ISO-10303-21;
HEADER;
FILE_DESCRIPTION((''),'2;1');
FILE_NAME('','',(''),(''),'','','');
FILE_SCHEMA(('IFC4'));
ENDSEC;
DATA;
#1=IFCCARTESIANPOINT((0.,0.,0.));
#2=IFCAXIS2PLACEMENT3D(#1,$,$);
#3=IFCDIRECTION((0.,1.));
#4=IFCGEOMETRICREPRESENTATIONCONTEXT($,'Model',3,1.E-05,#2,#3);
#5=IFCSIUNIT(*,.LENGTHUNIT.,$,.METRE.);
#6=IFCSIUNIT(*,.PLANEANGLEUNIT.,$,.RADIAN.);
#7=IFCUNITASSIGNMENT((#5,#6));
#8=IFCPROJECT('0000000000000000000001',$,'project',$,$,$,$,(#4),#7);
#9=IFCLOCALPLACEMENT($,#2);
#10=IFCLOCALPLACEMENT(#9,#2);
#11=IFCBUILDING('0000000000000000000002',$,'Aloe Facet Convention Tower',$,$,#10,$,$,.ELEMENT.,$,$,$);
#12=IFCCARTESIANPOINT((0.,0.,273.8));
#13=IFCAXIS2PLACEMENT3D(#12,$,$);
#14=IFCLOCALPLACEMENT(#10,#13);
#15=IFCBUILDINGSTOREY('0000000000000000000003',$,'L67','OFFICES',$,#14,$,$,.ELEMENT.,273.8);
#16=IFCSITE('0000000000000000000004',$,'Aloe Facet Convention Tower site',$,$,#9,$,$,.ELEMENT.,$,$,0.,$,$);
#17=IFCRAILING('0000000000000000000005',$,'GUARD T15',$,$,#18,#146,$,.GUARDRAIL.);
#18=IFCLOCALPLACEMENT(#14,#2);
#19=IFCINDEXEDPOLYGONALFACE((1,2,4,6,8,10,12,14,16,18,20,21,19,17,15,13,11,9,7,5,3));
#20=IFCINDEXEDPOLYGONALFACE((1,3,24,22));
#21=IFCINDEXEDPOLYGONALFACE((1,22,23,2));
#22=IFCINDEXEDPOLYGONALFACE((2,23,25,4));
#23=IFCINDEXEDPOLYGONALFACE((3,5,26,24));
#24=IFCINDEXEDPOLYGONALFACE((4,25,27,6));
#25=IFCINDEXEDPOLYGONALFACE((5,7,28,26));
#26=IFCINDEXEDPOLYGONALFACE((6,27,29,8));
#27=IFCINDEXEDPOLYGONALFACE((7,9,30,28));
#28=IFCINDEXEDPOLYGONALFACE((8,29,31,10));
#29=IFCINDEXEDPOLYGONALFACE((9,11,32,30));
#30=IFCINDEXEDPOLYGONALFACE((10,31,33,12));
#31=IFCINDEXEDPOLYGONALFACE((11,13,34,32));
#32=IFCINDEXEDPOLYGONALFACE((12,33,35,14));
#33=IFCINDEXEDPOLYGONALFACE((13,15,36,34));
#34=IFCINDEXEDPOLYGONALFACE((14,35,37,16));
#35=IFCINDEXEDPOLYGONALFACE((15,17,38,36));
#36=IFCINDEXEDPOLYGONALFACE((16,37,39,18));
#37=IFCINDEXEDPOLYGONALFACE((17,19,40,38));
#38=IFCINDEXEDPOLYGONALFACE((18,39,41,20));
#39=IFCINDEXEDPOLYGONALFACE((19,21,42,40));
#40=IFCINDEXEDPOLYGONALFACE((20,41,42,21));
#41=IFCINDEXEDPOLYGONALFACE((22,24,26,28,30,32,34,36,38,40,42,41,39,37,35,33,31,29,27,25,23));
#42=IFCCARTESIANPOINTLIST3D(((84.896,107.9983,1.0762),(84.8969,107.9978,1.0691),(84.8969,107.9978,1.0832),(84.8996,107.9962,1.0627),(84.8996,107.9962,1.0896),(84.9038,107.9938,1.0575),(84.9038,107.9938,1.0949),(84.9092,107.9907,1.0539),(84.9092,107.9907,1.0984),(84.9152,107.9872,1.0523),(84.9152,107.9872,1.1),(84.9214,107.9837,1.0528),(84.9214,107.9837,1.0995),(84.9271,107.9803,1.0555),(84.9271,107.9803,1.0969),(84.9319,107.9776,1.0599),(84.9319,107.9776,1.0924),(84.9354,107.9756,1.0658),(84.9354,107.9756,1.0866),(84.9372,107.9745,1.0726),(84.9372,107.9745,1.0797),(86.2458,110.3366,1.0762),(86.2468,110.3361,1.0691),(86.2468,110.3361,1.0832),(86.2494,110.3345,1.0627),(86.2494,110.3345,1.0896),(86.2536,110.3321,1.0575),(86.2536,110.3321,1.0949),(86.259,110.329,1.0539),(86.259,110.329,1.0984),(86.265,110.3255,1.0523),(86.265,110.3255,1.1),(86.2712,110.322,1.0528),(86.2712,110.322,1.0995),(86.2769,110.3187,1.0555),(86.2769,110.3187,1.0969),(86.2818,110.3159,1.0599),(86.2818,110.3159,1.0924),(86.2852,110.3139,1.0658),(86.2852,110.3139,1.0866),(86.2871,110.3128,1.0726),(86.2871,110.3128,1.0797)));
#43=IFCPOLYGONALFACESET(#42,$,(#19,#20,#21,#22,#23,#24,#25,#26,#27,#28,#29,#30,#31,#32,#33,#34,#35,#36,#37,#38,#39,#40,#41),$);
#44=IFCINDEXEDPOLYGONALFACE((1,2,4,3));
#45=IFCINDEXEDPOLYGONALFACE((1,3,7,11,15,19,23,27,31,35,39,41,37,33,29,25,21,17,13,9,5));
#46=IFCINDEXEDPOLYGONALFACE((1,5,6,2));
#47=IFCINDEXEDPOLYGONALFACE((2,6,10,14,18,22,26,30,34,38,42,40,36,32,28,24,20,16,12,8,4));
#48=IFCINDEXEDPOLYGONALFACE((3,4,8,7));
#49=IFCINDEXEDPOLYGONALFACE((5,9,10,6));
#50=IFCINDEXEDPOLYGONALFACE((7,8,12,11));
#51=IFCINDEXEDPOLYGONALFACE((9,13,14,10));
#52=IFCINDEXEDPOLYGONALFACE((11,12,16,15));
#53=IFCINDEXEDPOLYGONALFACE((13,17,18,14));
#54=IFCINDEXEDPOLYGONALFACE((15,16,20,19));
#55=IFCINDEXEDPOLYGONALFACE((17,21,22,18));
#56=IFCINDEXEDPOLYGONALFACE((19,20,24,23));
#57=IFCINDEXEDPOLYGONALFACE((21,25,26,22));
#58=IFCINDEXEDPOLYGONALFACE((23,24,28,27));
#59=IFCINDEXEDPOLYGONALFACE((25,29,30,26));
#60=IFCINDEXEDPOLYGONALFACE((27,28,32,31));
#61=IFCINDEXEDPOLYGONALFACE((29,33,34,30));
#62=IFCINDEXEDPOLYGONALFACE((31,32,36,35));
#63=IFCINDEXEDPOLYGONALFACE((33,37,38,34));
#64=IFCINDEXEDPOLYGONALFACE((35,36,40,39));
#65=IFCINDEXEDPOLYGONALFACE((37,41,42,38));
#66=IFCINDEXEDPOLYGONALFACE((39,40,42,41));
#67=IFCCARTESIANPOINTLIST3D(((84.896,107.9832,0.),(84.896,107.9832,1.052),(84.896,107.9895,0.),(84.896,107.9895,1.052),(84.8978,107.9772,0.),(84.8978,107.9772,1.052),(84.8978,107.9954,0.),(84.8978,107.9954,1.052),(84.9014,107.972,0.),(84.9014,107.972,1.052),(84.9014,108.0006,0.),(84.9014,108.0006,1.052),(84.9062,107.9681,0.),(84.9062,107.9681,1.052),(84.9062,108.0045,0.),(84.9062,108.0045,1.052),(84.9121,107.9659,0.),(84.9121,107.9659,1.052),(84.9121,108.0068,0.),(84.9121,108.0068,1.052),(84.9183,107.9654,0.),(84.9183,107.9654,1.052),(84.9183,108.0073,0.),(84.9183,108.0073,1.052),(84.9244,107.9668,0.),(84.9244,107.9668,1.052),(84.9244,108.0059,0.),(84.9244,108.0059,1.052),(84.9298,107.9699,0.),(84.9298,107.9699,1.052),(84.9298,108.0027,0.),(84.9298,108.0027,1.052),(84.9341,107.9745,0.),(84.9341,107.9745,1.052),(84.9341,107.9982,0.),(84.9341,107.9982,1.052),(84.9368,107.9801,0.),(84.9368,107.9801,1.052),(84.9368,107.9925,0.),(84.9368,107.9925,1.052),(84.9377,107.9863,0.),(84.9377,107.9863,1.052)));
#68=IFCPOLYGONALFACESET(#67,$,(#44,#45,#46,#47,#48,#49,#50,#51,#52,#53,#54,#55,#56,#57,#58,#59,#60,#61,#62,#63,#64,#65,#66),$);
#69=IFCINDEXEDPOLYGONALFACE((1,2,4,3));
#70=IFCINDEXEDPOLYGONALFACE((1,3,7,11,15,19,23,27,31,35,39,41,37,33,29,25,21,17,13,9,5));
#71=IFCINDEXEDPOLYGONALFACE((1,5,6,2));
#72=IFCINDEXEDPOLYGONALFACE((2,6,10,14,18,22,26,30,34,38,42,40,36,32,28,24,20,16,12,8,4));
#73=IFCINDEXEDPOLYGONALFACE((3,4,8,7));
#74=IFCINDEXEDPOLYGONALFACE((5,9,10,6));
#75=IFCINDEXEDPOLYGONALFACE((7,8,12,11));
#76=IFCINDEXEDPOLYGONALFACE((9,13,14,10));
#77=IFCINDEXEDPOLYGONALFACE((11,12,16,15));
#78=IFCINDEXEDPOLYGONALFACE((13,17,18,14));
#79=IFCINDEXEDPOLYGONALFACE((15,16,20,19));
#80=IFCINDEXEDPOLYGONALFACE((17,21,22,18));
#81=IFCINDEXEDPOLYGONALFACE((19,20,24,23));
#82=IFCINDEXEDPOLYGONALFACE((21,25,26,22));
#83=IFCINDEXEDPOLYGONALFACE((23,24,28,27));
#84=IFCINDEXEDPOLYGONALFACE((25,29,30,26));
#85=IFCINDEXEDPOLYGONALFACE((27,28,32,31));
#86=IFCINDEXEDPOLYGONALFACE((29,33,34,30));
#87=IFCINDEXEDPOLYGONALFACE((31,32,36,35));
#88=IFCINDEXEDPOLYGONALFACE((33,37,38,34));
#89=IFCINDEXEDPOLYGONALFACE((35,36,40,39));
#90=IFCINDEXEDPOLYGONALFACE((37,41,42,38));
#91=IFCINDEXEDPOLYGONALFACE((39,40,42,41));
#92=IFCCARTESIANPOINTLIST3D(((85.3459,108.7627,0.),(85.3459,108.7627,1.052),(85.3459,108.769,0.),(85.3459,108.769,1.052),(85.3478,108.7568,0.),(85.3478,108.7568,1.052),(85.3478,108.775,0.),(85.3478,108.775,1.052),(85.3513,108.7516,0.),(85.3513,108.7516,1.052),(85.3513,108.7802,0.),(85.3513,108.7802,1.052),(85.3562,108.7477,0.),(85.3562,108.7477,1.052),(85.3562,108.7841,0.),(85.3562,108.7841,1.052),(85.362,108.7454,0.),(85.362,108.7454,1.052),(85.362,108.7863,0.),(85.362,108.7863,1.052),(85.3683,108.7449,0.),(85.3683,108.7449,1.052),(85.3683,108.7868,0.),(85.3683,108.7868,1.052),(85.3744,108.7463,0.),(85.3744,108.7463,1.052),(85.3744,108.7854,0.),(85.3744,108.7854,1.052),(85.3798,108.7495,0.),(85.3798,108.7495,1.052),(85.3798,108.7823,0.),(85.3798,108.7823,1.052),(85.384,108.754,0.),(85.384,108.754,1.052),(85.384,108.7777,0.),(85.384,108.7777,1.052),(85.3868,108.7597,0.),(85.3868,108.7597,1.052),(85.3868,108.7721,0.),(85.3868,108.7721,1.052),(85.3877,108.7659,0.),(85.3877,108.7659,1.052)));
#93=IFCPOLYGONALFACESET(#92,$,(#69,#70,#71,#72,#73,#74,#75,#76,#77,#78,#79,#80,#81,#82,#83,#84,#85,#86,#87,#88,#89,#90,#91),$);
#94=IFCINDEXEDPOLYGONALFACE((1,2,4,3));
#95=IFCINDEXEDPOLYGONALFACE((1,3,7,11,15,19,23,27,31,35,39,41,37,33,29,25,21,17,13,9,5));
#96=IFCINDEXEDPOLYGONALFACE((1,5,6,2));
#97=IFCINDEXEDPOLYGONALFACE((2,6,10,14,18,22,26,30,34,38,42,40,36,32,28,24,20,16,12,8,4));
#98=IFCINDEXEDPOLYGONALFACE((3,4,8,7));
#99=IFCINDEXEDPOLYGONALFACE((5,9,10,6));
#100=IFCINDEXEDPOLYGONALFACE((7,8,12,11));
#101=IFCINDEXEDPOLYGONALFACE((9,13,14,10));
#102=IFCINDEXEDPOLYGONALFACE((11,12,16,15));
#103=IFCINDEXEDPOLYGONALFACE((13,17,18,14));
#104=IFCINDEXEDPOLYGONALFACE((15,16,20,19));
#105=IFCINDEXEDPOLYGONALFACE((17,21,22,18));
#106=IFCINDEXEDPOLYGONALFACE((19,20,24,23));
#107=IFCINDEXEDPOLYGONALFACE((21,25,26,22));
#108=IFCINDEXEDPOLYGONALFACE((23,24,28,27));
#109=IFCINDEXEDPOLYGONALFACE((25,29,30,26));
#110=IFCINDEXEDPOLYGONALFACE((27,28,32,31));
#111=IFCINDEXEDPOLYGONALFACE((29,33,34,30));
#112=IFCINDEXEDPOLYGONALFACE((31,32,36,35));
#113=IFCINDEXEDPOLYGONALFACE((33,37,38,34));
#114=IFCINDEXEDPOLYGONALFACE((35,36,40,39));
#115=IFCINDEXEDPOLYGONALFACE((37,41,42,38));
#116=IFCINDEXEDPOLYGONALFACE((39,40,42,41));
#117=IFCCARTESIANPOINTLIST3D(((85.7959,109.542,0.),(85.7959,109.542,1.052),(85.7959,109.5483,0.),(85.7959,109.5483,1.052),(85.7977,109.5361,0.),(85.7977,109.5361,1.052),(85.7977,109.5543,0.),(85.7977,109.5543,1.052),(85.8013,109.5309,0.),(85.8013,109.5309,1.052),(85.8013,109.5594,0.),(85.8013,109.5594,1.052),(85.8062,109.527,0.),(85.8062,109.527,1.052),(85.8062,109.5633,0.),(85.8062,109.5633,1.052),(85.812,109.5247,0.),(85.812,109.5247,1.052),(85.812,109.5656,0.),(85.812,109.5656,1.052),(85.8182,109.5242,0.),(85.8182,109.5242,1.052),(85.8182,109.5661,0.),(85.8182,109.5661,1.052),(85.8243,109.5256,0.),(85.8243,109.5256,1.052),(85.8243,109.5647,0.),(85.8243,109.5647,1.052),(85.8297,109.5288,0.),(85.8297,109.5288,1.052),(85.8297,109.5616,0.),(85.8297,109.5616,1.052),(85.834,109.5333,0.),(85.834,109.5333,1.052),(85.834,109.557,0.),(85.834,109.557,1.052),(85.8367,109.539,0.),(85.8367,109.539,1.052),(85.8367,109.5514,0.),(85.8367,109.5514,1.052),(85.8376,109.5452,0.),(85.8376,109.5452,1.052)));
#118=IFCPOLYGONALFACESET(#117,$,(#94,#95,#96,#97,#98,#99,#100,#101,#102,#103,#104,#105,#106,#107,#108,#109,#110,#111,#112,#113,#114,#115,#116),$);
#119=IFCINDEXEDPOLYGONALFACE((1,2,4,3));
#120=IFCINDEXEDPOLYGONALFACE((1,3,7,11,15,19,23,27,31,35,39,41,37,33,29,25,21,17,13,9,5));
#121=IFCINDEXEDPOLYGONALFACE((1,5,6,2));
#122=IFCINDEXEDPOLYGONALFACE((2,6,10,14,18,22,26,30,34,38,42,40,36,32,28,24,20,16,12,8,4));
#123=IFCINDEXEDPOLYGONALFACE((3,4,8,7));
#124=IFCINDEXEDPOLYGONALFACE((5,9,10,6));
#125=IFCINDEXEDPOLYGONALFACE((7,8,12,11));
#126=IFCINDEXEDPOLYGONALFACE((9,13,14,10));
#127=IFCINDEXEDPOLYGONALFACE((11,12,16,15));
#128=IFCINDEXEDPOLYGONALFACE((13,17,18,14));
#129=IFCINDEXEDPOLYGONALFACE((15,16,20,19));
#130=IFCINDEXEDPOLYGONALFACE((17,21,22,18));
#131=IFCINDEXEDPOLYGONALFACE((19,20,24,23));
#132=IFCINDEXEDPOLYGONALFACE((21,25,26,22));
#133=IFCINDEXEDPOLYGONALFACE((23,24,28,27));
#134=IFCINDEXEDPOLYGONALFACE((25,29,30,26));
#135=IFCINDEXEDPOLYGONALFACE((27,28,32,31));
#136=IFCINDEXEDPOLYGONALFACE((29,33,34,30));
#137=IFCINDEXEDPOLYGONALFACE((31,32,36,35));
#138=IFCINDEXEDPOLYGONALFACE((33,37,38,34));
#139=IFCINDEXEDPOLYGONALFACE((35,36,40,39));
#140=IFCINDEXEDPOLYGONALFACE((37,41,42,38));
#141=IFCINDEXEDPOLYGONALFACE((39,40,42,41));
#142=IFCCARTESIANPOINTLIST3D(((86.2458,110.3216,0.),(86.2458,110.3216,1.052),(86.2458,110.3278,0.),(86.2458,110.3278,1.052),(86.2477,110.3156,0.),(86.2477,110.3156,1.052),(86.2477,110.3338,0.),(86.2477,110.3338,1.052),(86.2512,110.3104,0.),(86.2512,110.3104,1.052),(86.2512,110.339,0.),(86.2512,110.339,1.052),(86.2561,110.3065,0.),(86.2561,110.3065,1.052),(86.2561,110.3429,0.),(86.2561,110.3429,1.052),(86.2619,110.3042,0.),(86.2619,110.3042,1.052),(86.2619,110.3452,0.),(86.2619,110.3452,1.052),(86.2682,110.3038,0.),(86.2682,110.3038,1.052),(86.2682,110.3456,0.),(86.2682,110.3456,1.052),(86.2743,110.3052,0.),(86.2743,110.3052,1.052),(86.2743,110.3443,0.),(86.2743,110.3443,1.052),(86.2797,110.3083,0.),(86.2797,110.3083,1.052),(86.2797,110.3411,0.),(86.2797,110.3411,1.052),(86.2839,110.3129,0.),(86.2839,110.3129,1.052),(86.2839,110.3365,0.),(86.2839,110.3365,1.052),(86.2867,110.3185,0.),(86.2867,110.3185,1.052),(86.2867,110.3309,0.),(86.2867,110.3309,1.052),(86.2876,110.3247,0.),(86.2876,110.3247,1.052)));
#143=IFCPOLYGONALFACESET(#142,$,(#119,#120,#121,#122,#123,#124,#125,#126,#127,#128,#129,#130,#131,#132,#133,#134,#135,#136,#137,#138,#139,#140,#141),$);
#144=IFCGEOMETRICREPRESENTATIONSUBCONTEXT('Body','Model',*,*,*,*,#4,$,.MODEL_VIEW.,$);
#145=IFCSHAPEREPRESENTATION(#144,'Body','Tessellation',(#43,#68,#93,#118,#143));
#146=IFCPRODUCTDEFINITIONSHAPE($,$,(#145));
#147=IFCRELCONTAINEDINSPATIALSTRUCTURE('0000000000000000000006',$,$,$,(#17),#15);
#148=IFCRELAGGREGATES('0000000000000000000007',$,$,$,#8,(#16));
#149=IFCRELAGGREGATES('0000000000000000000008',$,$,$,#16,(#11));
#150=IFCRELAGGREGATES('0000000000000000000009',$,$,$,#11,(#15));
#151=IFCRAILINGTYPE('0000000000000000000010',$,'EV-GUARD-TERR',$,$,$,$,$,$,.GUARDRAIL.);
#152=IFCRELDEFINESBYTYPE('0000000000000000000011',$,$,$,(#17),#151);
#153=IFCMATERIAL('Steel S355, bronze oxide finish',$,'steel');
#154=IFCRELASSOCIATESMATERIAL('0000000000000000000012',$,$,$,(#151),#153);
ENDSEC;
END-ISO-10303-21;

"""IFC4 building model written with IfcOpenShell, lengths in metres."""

from ifc_helpers import new_model, si_unit, direction, frame, origin, origin_2d, place, context, subcontext, project, spatial, circle, extrude, material, type_object, element, save


model = new_model("IFC4")

# Units and contexts
model_context = context("Model", 3, precision=1e-05, world=origin(), true_north=direction((0.0, 1.0)))
body_context = subcontext(model_context, "Body", "Model", "MODEL_VIEW")
ifc_project = project(units=[si_unit("LENGTHUNIT", "METRE"), si_unit("PLANEANGLEUNIT", "RADIAN")], contexts=[model_context])

# Site, building, storey
site_placement = place(None, origin())
site = spatial("IfcSite", under=ifc_project, at=site_placement, Name="Aloe Facet Convention Tower site", CompositionType="ELEMENT", RefElevation=0.0)
building_placement = place(site_placement, origin())
building = spatial("IfcBuilding", under=site, at=building_placement, Name="Aloe Facet Convention Tower", CompositionType="ELEMENT")
storey_placement = place(building_placement, frame((0.0, 0.0, 273.8)))
storey = spatial("IfcBuildingStorey", under=building, at=storey_placement, Name="L67", Description="OFFICES", CompositionType="ELEMENT", Elevation=273.8)

# Railing
ifc_material_1 = material(Name="Steel S355, bronze oxide finish", Category="steel")
railing_type = type_object("IfcRailingType", Name="EV-GUARD-TERR", PredefinedType="GUARDRAIL", material=ifc_material_1)
railing_placement = place(storey_placement, frame((84.9167, 107.9863, 0.0)))
element("IfcRailing", 1, at=railing_placement, inside=storey, type_object=railing_type, Name="GUARD T15", PredefinedType="GUARDRAIL", context=body_context, shape_type="SweptSolid", body=[
    extrude(circle(Radius=0.0239, at=origin_2d()), frame((0.0, 0.0, 1.0762), z_axis=(0.499942, 0.866059, 0.0), x_axis=(-0.866059, 0.499942, 0.0)), (0.0, 0.0, 1.0), 2.7),
    extrude(circle(Radius=0.021, at=origin_2d()), origin(), (0.0, 0.0, 1.0), 1.052),
    extrude(circle(Radius=0.021, at=origin_2d()), frame((0.45, 0.7795, 0.0)), (0.0, 0.0, 1.0), 1.052),
    extrude(circle(Radius=0.021, at=origin_2d()), frame((0.8999, 1.5588, 0.0)), (0.0, 0.0, 1.0), 1.052),
    extrude(circle(Radius=0.021, at=origin_2d()), frame((1.3499, 2.3384, 0.0)), (0.0, 0.0, 1.0), 1.052),
])

save(model, "model.ifc")
